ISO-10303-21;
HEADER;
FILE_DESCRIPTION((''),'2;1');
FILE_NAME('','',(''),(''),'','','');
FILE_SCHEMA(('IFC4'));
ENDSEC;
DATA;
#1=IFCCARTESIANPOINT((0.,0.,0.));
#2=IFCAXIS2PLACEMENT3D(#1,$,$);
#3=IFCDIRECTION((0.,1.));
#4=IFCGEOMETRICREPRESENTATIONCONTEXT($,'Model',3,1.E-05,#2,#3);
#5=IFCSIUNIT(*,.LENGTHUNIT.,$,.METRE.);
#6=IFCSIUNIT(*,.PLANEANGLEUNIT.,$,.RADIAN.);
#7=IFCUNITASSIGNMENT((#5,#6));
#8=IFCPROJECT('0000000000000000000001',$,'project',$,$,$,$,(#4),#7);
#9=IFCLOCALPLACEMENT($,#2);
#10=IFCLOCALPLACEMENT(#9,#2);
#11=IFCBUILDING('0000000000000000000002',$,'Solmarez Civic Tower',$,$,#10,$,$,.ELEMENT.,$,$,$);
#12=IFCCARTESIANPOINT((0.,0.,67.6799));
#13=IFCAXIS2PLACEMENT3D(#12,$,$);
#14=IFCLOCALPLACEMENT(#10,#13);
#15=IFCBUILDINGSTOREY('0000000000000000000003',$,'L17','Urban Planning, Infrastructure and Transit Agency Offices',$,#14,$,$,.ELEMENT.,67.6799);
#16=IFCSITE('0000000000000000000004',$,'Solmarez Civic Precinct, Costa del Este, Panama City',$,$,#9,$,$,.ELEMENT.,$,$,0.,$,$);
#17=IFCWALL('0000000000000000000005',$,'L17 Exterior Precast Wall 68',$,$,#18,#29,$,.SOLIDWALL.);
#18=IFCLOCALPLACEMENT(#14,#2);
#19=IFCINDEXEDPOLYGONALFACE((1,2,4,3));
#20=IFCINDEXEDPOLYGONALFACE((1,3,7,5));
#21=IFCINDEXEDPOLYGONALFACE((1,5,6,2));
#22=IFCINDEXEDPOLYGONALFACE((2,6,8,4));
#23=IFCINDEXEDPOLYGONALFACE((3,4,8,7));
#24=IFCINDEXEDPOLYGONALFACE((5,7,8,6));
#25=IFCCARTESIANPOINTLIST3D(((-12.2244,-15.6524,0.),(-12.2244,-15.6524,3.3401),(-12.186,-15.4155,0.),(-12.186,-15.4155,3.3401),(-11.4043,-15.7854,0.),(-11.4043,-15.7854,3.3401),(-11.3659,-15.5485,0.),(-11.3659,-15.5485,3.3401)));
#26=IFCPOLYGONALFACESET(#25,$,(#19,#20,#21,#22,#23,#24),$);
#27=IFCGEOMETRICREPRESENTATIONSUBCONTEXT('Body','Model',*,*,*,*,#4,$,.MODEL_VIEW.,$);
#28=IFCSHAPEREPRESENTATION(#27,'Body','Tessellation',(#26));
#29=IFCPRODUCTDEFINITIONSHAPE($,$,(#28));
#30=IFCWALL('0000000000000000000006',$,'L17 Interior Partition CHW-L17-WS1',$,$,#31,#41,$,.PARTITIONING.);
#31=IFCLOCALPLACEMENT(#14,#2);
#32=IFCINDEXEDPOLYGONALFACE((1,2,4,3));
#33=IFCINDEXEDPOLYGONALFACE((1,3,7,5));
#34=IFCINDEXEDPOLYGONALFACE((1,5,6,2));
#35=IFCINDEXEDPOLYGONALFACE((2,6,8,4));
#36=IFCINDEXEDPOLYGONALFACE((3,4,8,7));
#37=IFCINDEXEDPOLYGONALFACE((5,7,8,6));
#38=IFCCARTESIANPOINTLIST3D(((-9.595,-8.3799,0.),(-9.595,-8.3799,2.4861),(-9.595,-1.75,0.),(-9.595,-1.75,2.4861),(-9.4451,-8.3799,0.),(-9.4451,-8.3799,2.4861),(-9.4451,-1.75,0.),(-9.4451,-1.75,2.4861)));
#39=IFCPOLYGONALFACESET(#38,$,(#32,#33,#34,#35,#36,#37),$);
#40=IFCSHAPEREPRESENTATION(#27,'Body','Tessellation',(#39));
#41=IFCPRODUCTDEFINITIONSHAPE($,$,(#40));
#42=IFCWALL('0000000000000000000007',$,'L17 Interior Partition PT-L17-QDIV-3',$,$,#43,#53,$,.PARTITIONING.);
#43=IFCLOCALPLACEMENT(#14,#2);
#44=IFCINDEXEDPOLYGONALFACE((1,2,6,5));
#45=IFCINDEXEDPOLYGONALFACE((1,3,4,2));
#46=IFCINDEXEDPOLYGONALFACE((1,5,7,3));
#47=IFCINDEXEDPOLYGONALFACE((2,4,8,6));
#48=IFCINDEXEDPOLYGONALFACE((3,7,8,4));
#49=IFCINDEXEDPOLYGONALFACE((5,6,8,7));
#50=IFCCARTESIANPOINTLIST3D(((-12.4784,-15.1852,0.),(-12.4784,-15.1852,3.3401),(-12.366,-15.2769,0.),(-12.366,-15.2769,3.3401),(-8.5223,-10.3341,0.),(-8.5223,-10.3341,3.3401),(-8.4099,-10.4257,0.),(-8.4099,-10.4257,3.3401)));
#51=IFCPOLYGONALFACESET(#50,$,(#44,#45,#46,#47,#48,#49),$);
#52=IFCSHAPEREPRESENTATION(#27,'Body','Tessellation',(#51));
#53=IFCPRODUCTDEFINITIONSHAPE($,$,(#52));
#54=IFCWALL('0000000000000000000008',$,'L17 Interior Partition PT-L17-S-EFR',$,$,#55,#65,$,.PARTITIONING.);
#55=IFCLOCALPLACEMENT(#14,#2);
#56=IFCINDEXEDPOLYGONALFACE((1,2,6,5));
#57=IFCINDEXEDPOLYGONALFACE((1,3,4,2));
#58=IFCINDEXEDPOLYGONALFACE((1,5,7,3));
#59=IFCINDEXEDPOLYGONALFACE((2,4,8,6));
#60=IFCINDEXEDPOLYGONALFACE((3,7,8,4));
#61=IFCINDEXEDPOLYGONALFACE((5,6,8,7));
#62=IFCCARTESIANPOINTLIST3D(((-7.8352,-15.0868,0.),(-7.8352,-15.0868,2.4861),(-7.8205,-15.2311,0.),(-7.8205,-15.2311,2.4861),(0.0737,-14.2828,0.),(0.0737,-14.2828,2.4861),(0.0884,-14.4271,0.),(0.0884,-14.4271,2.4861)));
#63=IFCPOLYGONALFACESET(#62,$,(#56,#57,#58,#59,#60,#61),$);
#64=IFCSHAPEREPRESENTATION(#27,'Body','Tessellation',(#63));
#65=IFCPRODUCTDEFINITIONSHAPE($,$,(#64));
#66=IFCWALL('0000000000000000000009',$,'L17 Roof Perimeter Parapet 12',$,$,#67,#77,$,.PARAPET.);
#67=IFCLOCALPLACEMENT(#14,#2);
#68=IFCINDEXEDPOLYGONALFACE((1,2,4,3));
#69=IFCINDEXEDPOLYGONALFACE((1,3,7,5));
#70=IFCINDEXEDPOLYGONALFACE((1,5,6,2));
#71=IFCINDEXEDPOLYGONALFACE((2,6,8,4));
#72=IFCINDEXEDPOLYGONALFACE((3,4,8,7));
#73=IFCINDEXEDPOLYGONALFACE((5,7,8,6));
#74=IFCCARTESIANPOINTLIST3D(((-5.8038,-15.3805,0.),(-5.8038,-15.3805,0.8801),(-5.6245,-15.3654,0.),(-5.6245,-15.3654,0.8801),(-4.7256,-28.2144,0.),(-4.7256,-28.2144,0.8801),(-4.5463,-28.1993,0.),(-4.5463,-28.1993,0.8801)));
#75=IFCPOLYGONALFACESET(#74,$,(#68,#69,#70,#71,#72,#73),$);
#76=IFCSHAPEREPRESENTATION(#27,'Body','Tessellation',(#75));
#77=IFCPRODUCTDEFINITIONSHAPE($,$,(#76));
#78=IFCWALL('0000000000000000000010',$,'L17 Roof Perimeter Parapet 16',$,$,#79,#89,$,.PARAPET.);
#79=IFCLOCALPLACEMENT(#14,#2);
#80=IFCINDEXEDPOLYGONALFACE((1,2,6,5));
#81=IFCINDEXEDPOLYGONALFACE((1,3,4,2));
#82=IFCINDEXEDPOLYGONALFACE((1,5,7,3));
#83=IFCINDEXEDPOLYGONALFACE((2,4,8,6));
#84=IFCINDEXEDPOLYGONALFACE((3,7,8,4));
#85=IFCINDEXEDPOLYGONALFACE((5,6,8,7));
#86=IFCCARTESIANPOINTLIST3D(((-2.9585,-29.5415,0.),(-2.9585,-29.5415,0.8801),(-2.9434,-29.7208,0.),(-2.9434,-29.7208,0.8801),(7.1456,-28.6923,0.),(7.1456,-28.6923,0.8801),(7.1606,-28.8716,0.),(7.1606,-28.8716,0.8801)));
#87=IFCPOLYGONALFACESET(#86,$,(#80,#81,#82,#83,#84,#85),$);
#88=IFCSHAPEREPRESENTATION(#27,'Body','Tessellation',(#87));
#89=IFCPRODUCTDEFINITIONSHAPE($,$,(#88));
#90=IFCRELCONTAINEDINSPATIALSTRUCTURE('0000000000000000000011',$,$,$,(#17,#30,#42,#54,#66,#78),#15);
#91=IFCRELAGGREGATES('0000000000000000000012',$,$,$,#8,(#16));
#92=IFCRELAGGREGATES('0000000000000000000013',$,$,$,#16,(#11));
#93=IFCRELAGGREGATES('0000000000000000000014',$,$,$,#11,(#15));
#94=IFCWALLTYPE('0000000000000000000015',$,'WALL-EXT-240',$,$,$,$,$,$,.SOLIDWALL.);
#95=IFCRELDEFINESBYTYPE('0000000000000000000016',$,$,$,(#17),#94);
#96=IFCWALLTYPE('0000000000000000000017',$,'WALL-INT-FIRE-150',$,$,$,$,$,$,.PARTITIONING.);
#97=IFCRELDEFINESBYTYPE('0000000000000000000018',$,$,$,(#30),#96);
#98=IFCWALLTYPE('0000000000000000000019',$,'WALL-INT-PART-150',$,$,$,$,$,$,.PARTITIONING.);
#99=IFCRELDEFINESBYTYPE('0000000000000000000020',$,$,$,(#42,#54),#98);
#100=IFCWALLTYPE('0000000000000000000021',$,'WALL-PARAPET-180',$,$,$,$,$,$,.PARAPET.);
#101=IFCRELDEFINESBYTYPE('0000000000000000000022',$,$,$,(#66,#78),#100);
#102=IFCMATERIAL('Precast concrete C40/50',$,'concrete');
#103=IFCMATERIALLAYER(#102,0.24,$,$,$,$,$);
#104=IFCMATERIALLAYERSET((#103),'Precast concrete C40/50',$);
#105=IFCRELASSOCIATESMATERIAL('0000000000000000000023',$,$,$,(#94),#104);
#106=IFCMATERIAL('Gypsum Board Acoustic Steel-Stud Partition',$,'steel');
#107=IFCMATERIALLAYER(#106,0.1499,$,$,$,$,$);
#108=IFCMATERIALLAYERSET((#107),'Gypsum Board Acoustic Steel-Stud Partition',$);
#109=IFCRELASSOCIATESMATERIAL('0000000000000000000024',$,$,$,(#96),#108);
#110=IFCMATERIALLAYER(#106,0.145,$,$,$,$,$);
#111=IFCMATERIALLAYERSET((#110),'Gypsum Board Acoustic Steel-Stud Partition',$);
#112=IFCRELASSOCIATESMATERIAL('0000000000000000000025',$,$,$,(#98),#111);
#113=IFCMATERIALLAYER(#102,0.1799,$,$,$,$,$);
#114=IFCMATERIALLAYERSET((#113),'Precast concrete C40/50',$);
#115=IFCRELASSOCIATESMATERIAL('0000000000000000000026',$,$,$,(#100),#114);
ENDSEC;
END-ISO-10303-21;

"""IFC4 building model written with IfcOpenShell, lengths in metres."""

from ifc_helpers import new_model, si_unit, direction, frame, frame_2d, origin, place, context, subcontext, project, spatial, rectangle, extrude, material, layer, layer_set, type_object, element, save


model = new_model("IFC4")

# Units and contexts
model_context = context("Model", 3, precision=1e-05, world=origin(), true_north=direction((0.0, 1.0)))
body_context = subcontext(model_context, "Body", "Model", "MODEL_VIEW")
ifc_project = project(units=[si_unit("LENGTHUNIT", "METRE"), si_unit("PLANEANGLEUNIT", "RADIAN")], contexts=[model_context])

# Site, building, storey
site_placement = place(None, origin())
site = spatial("IfcSite", under=ifc_project, at=site_placement, Name="Solmarez Civic Precinct, Costa del Este, Panama City", CompositionType="ELEMENT", RefElevation=0.0)
building_placement = place(site_placement, origin())
building = spatial("IfcBuilding", under=site, at=building_placement, Name="Solmarez Civic Tower", CompositionType="ELEMENT")
storey_placement = place(building_placement, frame((0.0, 0.0, 67.6799)))
storey = spatial("IfcBuildingStorey", under=building, at=storey_placement, Name="L17", Description="Urban Planning, Infrastructure and Transit Agency Offices", CompositionType="ELEMENT", Elevation=67.6799)

# Walls
ifc_material_1 = material(Name="Precast concrete C40/50", Category="concrete")
ifc_layer_1 = layer(ifc_material_1, 0.24)
ifc_layer_set_1 = layer_set([ifc_layer_1], Name="Precast concrete C40/50")
wall_type_1 = type_object("IfcWallType", Name="WALL-EXT-240", PredefinedType="SOLIDWALL", material=ifc_layer_set_1)
wall_1_placement = place(storey_placement, frame((-11.385, -15.667, 0.0), z_axis=(0.0, 0.0, 1.0), x_axis=(-0.987092, 0.160156, 0.0)))
element("IfcWall", 1, at=wall_1_placement, inside=storey, type_object=wall_type_1, Name="L17 Exterior Precast Wall 68", PredefinedType="SOLIDWALL", context=body_context, shape_type="SweptSolid", body=[
    extrude(rectangle(XDim=0.8308, YDim=0.24, at=frame_2d((0.4155, 0.0))), origin(), (0.0, 0.0, 1.0), 3.3401),
])
ifc_material_2 = material(Name="Gypsum Board Acoustic Steel-Stud Partition", Category="steel")
ifc_layer_2 = layer(ifc_material_2, 0.1499)
ifc_layer_set_2 = layer_set([ifc_layer_2], Name="Gypsum Board Acoustic Steel-Stud Partition")
wall_type_2 = type_object("IfcWallType", Name="WALL-INT-FIRE-150", PredefinedType="PARTITIONING", material=ifc_layer_set_2)
wall_2_placement = place(storey_placement, frame((-9.52, -8.3799, 0.0), z_axis=(0.0, 0.0, 1.0), x_axis=(0.0, 1.0, 0.0)))
element("IfcWall", 2, at=wall_2_placement, inside=storey, type_object=wall_type_2, Name="L17 Interior Partition CHW-L17-WS1", PredefinedType="PARTITIONING", context=body_context, shape_type="SweptSolid", body=[
    extrude(rectangle(XDim=6.6299, YDim=0.1499, at=frame_2d((3.3149, 0.0))), origin(), (0.0, 0.0, 1.0), 2.4861),
])
ifc_layer_3 = layer(ifc_material_2, 0.145)
ifc_layer_set_3 = layer_set([ifc_layer_3], Name="Gypsum Board Acoustic Steel-Stud Partition")
wall_type_3 = type_object("IfcWallType", Name="WALL-INT-PART-150", PredefinedType="PARTITIONING", material=ifc_layer_set_3)
wall_3_placement = place(storey_placement, frame((-8.4661, -10.3799, 0.0), z_axis=(0.0, 0.0, 1.0), x_axis=(-0.631992, -0.774975, 0.0)))
element("IfcWall", 3, at=wall_3_placement, inside=storey, type_object=wall_type_3, Name="L17 Interior Partition PT-L17-QDIV-3", PredefinedType="PARTITIONING", context=body_context, shape_type="SweptSolid", body=[
    extrude(rectangle(XDim=6.2598, YDim=0.145, at=frame_2d((3.1299, 0.0))), origin(), (0.0, 0.0, 1.0), 3.3401),
])
wall_4_placement = place(storey_placement, frame((-7.8279, -15.1589, 0.0), z_axis=(0.0, 0.0, 1.0), x_axis=(0.994873, 0.10113, 0.0)))
element("IfcWall", 4, at=wall_4_placement, inside=storey, type_object=wall_type_3, Name="L17 Interior Partition PT-L17-S-EFR", PredefinedType="PARTITIONING", context=body_context, shape_type="SweptSolid", body=[
    extrude(rectangle(XDim=7.9497, YDim=0.145, at=frame_2d((3.9749, 0.0))), origin(), (0.0, 0.0, 1.0), 2.4861),
])
ifc_layer_4 = layer(ifc_material_1, 0.1799)
ifc_layer_set_4 = layer_set([ifc_layer_4], Name="Precast concrete C40/50")
wall_type_4 = type_object("IfcWallType", Name="WALL-PARAPET-180", PredefinedType="PARAPET", material=ifc_layer_set_4)
wall_5_placement = place(storey_placement, frame((-5.7141, -15.373, 0.0), z_axis=(0.0, 0.0, 1.0), x_axis=(0.083711, -0.99649, 0.0)))
element("IfcWall", 5, at=wall_5_placement, inside=storey, type_object=wall_type_4, Name="L17 Roof Perimeter Parapet 12", PredefinedType="PARAPET", context=body_context, shape_type="SweptSolid", body=[
    extrude(rectangle(XDim=12.8792, YDim=0.1799, at=frame_2d((6.4395, 0.0))), origin(), (0.0, 0.0, 1.0), 0.8801),
])
wall_6_placement = place(storey_placement, frame((-2.9509, -29.6311, 0.0), z_axis=(0.0, 0.0, 1.0), x_axis=(0.996487, 0.083743, 0.0)))
element("IfcWall", 6, at=wall_6_placement, inside=storey, type_object=wall_type_4, Name="L17 Roof Perimeter Parapet 16", PredefinedType="PARAPET", context=body_context, shape_type="SweptSolid", body=[
    extrude(rectangle(XDim=10.1396, YDim=0.1799, at=frame_2d((5.0698, 0.0))), origin(), (0.0, 0.0, 1.0), 0.8801),
])

save(model, "model.ifc")
